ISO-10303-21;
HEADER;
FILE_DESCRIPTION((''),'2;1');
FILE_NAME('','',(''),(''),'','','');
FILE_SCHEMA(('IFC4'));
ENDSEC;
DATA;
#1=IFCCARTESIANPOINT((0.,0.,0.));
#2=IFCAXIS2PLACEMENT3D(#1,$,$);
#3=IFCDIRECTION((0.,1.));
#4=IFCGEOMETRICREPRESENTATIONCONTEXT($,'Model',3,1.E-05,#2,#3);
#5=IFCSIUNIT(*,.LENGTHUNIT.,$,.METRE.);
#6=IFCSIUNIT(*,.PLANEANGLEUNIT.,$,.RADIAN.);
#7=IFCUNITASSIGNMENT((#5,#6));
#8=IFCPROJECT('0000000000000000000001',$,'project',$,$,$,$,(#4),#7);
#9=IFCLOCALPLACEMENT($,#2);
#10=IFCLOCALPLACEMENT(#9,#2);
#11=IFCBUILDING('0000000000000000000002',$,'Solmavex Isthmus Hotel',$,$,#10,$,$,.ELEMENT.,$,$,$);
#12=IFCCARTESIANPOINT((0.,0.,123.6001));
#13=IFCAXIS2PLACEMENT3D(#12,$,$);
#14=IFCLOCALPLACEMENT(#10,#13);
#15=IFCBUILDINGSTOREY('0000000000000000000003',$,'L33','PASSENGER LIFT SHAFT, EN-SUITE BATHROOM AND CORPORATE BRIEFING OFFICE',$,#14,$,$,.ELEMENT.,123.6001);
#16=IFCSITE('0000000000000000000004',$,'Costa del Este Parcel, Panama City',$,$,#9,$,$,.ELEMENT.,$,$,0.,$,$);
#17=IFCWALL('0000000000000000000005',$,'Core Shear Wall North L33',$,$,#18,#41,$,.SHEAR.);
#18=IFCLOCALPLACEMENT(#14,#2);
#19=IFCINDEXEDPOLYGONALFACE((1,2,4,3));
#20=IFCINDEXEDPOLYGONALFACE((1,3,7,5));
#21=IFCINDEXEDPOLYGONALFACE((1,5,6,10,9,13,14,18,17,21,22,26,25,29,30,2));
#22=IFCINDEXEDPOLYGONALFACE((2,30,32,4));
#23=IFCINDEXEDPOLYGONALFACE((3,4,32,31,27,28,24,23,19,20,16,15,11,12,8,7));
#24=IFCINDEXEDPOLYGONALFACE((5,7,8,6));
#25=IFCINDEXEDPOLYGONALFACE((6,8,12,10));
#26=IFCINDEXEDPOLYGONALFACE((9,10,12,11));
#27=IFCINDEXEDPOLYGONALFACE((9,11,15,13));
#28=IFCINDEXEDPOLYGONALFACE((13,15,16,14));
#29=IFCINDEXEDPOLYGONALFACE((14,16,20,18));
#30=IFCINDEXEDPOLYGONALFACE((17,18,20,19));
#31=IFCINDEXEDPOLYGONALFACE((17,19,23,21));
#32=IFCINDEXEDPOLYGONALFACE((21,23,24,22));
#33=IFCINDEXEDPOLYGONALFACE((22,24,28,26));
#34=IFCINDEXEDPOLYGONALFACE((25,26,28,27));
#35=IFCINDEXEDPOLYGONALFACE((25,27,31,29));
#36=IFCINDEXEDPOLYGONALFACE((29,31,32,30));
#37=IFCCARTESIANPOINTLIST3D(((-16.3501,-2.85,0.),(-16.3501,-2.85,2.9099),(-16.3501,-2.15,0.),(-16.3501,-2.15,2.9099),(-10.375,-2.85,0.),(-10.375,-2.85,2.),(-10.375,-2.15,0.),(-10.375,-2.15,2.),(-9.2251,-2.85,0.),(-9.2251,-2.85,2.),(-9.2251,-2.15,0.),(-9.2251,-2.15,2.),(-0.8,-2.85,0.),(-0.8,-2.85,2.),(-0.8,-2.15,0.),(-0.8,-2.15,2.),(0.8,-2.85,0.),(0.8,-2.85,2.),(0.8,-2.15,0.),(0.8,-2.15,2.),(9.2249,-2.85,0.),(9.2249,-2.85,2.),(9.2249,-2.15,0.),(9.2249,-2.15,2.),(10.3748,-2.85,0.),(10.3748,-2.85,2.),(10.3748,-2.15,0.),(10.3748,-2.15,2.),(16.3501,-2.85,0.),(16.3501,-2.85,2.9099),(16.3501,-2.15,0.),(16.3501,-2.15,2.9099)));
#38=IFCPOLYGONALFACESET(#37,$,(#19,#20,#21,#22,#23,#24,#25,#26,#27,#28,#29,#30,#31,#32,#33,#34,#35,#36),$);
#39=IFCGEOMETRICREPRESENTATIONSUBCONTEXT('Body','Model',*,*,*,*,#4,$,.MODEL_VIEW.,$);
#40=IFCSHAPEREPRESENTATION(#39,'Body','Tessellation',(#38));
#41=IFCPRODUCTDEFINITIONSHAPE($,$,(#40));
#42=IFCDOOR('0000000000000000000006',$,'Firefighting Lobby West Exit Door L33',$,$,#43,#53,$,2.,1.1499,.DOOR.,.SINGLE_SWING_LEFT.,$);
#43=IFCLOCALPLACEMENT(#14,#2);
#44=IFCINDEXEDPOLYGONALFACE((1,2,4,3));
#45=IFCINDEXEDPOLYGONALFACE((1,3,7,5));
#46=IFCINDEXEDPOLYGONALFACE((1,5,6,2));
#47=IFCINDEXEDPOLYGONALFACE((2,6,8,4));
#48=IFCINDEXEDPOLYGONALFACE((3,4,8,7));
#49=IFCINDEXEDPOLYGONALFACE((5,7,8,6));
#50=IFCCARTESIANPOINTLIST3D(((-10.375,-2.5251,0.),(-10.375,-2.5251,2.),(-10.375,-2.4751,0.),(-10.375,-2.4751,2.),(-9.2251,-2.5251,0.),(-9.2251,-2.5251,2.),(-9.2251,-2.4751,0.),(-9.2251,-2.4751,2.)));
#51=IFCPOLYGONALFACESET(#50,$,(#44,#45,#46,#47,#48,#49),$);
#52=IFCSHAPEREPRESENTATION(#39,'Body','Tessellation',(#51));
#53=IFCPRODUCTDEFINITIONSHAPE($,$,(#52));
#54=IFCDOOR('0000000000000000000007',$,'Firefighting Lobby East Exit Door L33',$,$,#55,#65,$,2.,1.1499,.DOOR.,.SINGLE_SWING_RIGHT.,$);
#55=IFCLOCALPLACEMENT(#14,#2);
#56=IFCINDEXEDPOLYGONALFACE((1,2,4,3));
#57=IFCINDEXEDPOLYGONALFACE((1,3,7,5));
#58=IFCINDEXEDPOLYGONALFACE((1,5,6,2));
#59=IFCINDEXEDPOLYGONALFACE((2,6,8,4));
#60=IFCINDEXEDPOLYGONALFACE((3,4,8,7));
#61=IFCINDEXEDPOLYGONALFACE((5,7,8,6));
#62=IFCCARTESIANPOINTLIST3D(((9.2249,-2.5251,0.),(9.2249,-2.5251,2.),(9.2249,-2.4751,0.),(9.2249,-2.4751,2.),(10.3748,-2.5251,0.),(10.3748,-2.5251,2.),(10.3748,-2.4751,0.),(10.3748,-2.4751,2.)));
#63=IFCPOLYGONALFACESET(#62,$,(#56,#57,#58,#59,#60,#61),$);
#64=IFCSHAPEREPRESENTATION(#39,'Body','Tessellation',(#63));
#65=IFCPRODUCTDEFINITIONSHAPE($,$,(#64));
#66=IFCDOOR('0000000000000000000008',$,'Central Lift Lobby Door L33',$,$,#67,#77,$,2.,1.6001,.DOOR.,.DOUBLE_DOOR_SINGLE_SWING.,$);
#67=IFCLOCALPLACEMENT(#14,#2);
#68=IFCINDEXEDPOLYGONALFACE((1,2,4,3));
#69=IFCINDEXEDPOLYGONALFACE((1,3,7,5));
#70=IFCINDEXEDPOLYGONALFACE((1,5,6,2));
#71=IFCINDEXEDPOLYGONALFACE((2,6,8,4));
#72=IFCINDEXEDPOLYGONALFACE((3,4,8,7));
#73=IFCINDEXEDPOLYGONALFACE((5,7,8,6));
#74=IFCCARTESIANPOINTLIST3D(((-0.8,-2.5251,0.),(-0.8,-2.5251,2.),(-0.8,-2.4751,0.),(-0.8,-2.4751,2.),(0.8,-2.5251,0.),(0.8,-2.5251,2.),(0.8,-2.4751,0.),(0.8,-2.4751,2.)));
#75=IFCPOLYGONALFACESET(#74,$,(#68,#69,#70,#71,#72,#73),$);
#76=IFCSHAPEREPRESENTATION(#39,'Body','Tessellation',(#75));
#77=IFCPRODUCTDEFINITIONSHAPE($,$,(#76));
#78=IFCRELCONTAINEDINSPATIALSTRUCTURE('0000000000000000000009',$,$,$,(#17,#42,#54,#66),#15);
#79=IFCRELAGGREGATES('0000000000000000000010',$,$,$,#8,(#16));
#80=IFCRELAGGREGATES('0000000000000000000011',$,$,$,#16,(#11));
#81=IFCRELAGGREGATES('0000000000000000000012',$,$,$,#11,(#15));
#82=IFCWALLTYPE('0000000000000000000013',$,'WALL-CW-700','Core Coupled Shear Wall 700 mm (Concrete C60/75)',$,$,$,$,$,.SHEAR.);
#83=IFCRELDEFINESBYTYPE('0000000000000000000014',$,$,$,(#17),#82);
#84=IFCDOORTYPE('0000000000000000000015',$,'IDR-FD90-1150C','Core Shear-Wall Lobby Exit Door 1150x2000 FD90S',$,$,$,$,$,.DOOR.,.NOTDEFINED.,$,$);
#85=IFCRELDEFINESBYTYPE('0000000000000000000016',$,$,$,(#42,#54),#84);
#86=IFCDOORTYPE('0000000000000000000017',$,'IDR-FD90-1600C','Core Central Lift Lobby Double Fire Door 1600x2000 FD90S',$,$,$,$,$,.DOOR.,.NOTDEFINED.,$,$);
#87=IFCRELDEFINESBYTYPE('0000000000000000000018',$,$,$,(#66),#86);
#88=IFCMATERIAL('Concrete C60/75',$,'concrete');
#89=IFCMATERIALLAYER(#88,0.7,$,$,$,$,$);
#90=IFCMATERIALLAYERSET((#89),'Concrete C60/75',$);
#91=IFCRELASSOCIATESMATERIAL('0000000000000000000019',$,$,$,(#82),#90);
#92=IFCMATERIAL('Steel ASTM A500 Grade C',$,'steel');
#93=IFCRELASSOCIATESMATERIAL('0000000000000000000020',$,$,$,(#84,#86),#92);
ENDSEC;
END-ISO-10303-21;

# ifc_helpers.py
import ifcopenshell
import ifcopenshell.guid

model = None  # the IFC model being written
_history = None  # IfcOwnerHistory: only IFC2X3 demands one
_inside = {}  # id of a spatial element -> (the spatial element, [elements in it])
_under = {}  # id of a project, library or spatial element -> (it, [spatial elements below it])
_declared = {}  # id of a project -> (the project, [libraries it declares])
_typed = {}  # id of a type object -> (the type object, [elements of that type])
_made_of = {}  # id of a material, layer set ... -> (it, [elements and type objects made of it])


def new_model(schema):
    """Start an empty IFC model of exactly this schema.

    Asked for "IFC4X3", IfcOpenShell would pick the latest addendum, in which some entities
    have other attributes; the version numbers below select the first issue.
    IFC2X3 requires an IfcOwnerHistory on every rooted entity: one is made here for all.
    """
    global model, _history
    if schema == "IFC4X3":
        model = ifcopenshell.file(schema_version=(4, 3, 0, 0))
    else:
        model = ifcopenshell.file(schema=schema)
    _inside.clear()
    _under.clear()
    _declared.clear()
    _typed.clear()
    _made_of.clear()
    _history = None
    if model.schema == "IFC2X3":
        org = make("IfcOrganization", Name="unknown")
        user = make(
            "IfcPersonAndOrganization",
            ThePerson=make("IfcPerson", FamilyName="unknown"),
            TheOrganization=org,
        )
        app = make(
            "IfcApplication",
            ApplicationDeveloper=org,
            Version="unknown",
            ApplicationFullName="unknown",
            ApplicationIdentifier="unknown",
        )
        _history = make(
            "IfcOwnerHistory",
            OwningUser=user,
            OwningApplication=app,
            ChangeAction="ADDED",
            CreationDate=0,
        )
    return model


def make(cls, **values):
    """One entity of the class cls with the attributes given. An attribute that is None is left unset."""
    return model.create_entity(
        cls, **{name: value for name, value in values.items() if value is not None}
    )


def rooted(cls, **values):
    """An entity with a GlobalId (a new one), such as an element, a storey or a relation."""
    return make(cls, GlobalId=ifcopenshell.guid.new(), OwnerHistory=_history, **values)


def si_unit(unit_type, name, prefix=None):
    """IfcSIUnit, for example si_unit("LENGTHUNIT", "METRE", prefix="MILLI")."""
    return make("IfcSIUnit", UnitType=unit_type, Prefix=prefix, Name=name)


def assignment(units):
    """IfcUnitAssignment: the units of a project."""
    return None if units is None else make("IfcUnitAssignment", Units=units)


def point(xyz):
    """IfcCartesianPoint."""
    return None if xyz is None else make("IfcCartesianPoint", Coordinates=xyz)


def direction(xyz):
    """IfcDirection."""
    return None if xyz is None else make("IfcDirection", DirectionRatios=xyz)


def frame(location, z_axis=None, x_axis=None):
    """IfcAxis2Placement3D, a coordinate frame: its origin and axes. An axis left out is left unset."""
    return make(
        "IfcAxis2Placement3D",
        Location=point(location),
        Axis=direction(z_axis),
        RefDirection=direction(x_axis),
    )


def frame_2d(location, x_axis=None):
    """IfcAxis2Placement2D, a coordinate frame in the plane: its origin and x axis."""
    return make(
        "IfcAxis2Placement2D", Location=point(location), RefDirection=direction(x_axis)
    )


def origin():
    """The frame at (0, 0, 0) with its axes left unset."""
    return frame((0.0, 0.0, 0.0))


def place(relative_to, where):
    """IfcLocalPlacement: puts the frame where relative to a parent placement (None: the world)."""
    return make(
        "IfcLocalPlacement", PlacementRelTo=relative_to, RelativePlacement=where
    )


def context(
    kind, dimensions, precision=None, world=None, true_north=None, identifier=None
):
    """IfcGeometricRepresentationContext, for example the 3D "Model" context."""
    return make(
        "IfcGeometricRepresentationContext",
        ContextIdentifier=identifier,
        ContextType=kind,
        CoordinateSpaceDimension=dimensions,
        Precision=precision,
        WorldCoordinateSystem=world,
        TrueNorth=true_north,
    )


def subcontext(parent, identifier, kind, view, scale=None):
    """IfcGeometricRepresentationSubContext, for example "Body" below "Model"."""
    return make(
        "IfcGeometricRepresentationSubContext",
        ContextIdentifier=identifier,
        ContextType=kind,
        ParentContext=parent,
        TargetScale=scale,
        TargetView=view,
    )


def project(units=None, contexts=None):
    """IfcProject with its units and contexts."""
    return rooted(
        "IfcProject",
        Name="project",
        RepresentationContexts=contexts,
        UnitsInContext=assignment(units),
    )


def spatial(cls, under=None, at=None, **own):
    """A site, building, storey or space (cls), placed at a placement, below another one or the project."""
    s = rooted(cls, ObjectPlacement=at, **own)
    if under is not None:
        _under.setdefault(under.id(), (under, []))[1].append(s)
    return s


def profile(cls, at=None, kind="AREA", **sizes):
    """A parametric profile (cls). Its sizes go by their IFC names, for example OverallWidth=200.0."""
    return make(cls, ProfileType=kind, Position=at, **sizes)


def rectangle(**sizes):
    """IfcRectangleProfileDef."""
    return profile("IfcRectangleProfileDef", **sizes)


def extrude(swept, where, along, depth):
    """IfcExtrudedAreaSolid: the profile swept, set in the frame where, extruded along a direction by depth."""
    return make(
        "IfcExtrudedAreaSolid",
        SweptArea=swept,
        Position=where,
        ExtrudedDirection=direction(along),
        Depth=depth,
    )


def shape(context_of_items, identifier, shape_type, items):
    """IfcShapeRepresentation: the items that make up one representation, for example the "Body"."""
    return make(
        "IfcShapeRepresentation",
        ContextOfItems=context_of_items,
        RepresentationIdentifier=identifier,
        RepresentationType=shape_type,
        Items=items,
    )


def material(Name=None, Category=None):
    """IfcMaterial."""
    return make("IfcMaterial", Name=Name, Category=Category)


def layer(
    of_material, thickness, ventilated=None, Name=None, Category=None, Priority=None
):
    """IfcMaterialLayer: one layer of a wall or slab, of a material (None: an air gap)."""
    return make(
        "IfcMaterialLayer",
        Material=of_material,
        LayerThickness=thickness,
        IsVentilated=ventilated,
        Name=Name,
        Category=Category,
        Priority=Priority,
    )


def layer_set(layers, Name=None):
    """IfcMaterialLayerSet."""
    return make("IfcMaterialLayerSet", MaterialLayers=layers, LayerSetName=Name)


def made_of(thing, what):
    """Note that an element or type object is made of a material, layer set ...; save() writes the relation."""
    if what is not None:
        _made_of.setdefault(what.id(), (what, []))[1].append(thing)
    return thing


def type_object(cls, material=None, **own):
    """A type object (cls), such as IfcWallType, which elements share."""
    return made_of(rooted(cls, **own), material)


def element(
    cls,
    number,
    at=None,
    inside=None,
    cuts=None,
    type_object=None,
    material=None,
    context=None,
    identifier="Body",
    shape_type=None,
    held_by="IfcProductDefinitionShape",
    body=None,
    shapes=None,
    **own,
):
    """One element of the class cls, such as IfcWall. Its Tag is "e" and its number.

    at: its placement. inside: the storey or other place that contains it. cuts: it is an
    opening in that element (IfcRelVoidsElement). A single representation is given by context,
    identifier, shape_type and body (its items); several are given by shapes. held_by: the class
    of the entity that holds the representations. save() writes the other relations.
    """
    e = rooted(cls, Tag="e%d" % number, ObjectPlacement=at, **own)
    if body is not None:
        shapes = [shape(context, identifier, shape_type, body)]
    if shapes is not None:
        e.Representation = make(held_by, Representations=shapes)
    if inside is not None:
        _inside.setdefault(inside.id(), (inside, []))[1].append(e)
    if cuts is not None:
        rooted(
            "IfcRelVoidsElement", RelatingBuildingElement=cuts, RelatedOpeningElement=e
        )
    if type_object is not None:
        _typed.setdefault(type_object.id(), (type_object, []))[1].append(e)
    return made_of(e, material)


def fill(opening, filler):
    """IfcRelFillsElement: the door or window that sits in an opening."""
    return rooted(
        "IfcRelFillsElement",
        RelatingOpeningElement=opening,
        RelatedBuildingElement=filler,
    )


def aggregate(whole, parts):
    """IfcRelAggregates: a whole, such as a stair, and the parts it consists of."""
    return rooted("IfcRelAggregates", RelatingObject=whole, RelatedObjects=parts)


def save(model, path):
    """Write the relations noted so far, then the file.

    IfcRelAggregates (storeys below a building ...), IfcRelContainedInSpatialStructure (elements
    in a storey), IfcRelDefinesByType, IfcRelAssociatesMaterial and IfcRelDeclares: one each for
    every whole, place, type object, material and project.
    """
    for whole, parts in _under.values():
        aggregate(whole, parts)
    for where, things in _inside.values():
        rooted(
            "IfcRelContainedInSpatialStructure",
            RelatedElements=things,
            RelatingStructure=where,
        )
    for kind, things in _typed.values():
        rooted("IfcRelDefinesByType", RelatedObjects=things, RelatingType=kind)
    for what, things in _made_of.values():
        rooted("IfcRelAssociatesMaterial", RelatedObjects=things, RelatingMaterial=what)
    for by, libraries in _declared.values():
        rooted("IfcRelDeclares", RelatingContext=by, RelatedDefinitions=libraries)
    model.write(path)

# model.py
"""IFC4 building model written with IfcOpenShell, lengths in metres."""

from ifc_helpers import new_model, si_unit, direction, frame, frame_2d, origin, place, context, subcontext, project, spatial, rectangle, extrude, material, layer, layer_set, type_object, element, fill, save


model = new_model("IFC4")

# Units and contexts
model_context = context("Model", 3, precision=1e-05, world=origin(), true_north=direction((0.0, 1.0)))
body_context = subcontext(model_context, "Body", "Model", "MODEL_VIEW")
ifc_project = project(units=[si_unit("LENGTHUNIT", "METRE"), si_unit("PLANEANGLEUNIT", "RADIAN")], contexts=[model_context])

# Site, building, storey
site_placement = place(None, origin())
site = spatial("IfcSite", under=ifc_project, at=site_placement, Name="Costa del Este Parcel, Panama City", CompositionType="ELEMENT", RefElevation=0.0)
building_placement = place(site_placement, origin())
building = spatial("IfcBuilding", under=site, at=building_placement, Name="Solmavex Isthmus Hotel", CompositionType="ELEMENT")
storey_placement = place(building_placement, frame((0.0, 0.0, 123.6001)))
storey = spatial("IfcBuildingStorey", under=building, at=storey_placement, Name="L33", Description="PASSENGER LIFT SHAFT, EN-SUITE BATHROOM AND CORPORATE BRIEFING OFFICE", CompositionType="ELEMENT", Elevation=123.6001)

# Shared definitions
ifc_material_1 = material(Name="Concrete C60/75", Category="concrete")

# Wall, openings, doors
ifc_layer_1 = layer(ifc_material_1, 0.7)
ifc_layer_set_1 = layer_set([ifc_layer_1], Name="Concrete C60/75")
wall_type_1 = type_object("IfcWallType", Name="WALL-CW-700", Description="Core Coupled Shear Wall 700 mm (Concrete C60/75)", PredefinedType="SHEAR", material=ifc_layer_set_1)
wall_1_placement = place(storey_placement, frame((-16.3501, -2.5, 0.0), z_axis=(0.0, 0.0, 1.0), x_axis=(1.0, 0.0, 0.0)))
wall_1 = element("IfcWall", 1, at=wall_1_placement, inside=storey, type_object=wall_type_1, Name="Core Shear Wall North L33", PredefinedType="SHEAR", context=body_context, shape_type="SweptSolid", body=[
    extrude(rectangle(XDim=32.7002, YDim=0.7, at=frame_2d((16.3501, 0.0))), origin(), (0.0, 0.0, 1.0), 2.9099),
])
opening_1_placement = place(wall_1_placement, frame((5.9751, 0.0, 0.0)))
opening_1 = element("IfcOpeningElement", 2, at=opening_1_placement, cuts=wall_1, PredefinedType="OPENING", context=body_context, shape_type="SweptSolid", body=[
    extrude(rectangle(XDim=1.1499, YDim=2.0, at=frame_2d((0.575, 1.0))), frame((0.0, 0.3599, 0.0), z_axis=(0.0, -1.0, 0.0), x_axis=(1.0, 0.0, 0.0)), (0.0, 0.0, 1.0), 0.72),
])
opening_2_placement = place(wall_1_placement, frame((15.55, 0.0, 0.0)))
opening_2 = element("IfcOpeningElement", 3, at=opening_2_placement, cuts=wall_1, PredefinedType="OPENING", context=body_context, shape_type="SweptSolid", body=[
    extrude(rectangle(XDim=1.6001, YDim=2.0, at=frame_2d((0.8, 1.0))), frame((0.0, 0.3599, 0.0), z_axis=(0.0, -1.0, 0.0), x_axis=(1.0, 0.0, 0.0)), (0.0, 0.0, 1.0), 0.72),
])
opening_3_placement = place(wall_1_placement, frame((25.575, 0.0, 0.0)))
opening_3 = element("IfcOpeningElement", 4, at=opening_3_placement, cuts=wall_1, PredefinedType="OPENING", context=body_context, shape_type="SweptSolid", body=[
    extrude(rectangle(XDim=1.1499, YDim=2.0, at=frame_2d((0.575, 1.0))), frame((0.0, 0.3599, 0.0), z_axis=(0.0, -1.0, 0.0), x_axis=(1.0, 0.0, 0.0)), (0.0, 0.0, 1.0), 0.72),
])
ifc_material_2 = material(Name="Steel ASTM A500 Grade C", Category="steel")
door_type_1 = type_object("IfcDoorType", Name="IDR-FD90-1150C", Description="Core Shear-Wall Lobby Exit Door 1150x2000 FD90S", OperationType="NOTDEFINED", PredefinedType="DOOR", material=ifc_material_2)
door_1_placement = place(opening_1_placement, origin())
door_1 = element("IfcDoor", 5, at=door_1_placement, inside=storey, type_object=door_type_1, Name="Firefighting Lobby West Exit Door L33", OperationType="SINGLE_SWING_LEFT", OverallHeight=2.0, OverallWidth=1.1499, PredefinedType="DOOR", context=body_context, shape_type="SweptSolid", body=[
    extrude(rectangle(XDim=1.1499, YDim=2.0, at=frame_2d((0.575, 1.0))), frame((0.0, 0.0249, 0.0), z_axis=(0.0, -1.0, 0.0), x_axis=(1.0, 0.0, 0.0)), (0.0, 0.0, 1.0), 0.05),
])
fill(opening_1, door_1)
door_2_placement = place(opening_3_placement, origin())
door_2 = element("IfcDoor", 6, at=door_2_placement, inside=storey, type_object=door_type_1, Name="Firefighting Lobby East Exit Door L33", OperationType="SINGLE_SWING_RIGHT", OverallHeight=2.0, OverallWidth=1.1499, PredefinedType="DOOR", context=body_context, shape_type="SweptSolid", body=[
    extrude(rectangle(XDim=1.1499, YDim=2.0, at=frame_2d((0.575, 1.0))), frame((0.0, 0.0249, 0.0), z_axis=(0.0, -1.0, 0.0), x_axis=(1.0, 0.0, 0.0)), (0.0, 0.0, 1.0), 0.05),
])
fill(opening_3, door_2)
door_type_2 = type_object("IfcDoorType", Name="IDR-FD90-1600C", Description="Core Central Lift Lobby Double Fire Door 1600x2000 FD90S", OperationType="NOTDEFINED", PredefinedType="DOOR", material=ifc_material_2)
door_3_placement = place(opening_2_placement, origin())
door_3 = element("IfcDoor", 7, at=door_3_placement, inside=storey, type_object=door_type_2, Name="Central Lift Lobby Door L33", OperationType="DOUBLE_DOOR_SINGLE_SWING", OverallHeight=2.0, OverallWidth=1.6001, PredefinedType="DOOR", context=body_context, shape_type="SweptSolid", body=[
    extrude(rectangle(XDim=1.6001, YDim=2.0, at=frame_2d((0.8, 1.0))), frame((0.0, 0.0249, 0.0), z_axis=(0.0, -1.0, 0.0), x_axis=(1.0, 0.0, 0.0)), (0.0, 0.0, 1.0), 0.05),
])
fill(opening_2, door_3)

save(model, "model.ifc")
